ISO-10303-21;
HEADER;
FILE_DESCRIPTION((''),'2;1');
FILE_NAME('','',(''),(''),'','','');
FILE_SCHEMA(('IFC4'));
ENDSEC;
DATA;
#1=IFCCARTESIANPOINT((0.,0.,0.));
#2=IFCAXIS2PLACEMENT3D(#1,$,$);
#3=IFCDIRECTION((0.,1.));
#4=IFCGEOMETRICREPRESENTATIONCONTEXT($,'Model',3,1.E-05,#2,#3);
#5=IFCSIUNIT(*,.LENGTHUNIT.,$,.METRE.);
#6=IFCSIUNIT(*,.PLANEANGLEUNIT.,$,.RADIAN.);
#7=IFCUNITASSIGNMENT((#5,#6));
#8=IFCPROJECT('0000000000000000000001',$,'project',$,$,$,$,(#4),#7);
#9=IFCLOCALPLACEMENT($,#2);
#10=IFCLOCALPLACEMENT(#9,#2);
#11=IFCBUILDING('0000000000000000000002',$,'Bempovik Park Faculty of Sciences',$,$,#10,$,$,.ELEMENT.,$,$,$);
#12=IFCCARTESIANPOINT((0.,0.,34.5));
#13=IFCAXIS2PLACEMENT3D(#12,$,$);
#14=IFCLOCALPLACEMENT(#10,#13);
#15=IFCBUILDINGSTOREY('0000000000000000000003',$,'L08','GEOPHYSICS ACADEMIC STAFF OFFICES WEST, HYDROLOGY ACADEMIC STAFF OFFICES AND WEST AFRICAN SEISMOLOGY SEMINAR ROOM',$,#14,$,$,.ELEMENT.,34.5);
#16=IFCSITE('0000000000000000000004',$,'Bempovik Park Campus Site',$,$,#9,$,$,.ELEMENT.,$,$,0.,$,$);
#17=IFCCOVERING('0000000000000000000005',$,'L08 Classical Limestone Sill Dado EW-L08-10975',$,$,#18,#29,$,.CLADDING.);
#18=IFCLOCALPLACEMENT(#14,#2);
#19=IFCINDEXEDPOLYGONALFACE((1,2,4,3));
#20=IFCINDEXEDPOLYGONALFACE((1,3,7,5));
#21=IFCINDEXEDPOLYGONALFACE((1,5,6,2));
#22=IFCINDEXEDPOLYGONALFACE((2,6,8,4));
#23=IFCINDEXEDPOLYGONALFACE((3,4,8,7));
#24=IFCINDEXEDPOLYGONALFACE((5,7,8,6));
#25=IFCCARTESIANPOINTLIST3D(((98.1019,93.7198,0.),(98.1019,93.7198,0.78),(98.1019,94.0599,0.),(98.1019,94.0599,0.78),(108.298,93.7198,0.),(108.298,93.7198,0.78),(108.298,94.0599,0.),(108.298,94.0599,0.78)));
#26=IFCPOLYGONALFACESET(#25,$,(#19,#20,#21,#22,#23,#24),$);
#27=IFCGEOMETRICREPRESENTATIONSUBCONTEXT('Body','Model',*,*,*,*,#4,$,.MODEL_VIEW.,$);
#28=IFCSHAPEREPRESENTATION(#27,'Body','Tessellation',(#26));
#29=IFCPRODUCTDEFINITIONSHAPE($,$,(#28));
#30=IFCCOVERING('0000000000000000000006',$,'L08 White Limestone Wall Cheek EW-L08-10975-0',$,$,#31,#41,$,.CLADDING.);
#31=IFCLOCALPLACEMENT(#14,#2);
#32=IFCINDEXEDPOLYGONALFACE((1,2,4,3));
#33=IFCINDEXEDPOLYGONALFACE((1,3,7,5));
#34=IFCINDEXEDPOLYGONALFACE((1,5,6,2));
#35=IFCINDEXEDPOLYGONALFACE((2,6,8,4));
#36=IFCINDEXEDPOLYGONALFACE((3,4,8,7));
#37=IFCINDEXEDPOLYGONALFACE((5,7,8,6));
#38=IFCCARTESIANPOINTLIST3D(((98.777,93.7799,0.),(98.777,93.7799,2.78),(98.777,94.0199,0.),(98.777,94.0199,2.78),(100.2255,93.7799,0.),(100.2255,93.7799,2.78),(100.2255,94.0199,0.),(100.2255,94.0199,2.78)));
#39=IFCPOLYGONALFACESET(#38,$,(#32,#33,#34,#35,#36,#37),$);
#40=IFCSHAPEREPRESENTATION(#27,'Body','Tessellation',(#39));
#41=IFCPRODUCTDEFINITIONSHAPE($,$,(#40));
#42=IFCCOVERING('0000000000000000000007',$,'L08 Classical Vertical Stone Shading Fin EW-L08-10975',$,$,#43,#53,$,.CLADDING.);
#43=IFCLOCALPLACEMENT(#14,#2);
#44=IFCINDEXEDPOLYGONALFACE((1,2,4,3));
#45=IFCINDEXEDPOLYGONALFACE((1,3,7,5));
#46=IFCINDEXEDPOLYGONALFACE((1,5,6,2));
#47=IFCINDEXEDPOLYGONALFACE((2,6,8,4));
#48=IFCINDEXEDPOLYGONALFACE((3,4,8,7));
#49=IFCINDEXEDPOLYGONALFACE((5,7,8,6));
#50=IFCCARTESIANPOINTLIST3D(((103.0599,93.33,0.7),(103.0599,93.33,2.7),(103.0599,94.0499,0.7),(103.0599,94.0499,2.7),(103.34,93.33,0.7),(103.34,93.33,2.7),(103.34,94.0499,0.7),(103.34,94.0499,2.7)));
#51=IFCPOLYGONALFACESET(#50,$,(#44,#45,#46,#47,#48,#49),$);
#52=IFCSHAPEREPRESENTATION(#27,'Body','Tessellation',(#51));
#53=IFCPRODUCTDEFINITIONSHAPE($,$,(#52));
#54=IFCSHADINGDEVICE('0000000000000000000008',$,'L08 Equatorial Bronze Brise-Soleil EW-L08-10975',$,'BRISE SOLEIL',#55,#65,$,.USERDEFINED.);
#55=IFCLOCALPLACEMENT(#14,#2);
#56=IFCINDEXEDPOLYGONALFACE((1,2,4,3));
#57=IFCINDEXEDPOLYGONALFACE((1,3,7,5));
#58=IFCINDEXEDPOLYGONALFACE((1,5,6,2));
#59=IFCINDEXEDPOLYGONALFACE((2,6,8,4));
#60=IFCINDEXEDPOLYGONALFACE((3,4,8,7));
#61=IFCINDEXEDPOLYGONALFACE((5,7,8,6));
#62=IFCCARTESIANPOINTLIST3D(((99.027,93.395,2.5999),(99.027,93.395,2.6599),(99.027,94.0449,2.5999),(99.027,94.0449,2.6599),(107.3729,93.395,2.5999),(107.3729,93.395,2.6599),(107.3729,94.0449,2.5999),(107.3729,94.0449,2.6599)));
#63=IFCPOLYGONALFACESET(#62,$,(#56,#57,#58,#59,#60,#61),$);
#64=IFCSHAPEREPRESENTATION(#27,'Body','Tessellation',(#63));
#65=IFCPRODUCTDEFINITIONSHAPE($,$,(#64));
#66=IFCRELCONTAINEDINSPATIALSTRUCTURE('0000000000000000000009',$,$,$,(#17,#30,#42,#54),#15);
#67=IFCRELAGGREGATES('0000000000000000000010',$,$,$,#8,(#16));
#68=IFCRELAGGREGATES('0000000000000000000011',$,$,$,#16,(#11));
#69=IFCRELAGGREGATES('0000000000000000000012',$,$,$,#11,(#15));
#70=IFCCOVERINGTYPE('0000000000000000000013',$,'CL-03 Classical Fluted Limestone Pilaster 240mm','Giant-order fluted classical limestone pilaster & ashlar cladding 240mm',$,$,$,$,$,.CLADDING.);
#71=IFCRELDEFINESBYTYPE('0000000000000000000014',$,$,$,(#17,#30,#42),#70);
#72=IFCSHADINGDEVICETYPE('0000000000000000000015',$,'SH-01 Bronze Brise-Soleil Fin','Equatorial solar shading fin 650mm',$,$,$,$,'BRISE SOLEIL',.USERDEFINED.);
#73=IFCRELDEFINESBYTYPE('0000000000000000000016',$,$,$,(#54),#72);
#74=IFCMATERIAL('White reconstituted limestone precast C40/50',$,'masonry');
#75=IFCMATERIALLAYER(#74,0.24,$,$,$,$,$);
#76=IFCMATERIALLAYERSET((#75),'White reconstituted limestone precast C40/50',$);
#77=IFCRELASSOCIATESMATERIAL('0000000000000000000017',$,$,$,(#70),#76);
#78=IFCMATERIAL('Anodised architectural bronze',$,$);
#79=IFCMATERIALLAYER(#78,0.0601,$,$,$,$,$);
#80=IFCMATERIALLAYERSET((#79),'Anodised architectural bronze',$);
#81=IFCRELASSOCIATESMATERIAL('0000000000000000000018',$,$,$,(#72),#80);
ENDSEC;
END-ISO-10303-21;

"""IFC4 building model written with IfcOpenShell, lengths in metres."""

from ifc_helpers import new_model, si_unit, direction, frame, origin, origin_2d, place, context, subcontext, project, spatial, rectangle, extrude, material, layer, layer_set, type_object, element, save


model = new_model("IFC4")

# Units and contexts
model_context = context("Model", 3, precision=1e-05, world=origin(), true_north=direction((0.0, 1.0)))
body_context = subcontext(model_context, "Body", "Model", "MODEL_VIEW")
ifc_project = project(units=[si_unit("LENGTHUNIT", "METRE"), si_unit("PLANEANGLEUNIT", "RADIAN")], contexts=[model_context])

# Site, building, storey
site_placement = place(None, origin())
site = spatial("IfcSite", under=ifc_project, at=site_placement, Name="Bempovik Park Campus Site", CompositionType="ELEMENT", RefElevation=0.0)
building_placement = place(site_placement, origin())
building = spatial("IfcBuilding", under=site, at=building_placement, Name="Bempovik Park Faculty of Sciences", CompositionType="ELEMENT")
storey_placement = place(building_placement, frame((0.0, 0.0, 34.5)))
storey = spatial("IfcBuildingStorey", under=building, at=storey_placement, Name="L08", Description="GEOPHYSICS ACADEMIC STAFF OFFICES WEST, HYDROLOGY ACADEMIC STAFF OFFICES AND WEST AFRICAN SEISMOLOGY SEMINAR ROOM", CompositionType="ELEMENT", Elevation=34.5)

# Coverings
ifc_material_1 = material(Name="White reconstituted limestone precast C40/50", Category="masonry")
ifc_layer_1 = layer(ifc_material_1, 0.24)
ifc_layer_set_1 = layer_set([ifc_layer_1], Name="White reconstituted limestone precast C40/50")
covering_type_1 = type_object("IfcCoveringType", Name="CL-03 Classical Fluted Limestone Pilaster 240mm", Description="Giant-order fluted classical limestone pilaster & ashlar cladding 240mm", PredefinedType="CLADDING", material=ifc_layer_set_1)
covering_1_placement = place(storey_placement, frame((103.2, 93.8899, 0.0), z_axis=(0.0, 0.0, 1.0), x_axis=(1.0, 0.0, 0.0)))
element("IfcCovering", 1, at=covering_1_placement, inside=storey, type_object=covering_type_1, Name="L08 Classical Limestone Sill Dado EW-L08-10975", PredefinedType="CLADDING", context=body_context, shape_type="SweptSolid", body=[
    extrude(rectangle(XDim=10.196, YDim=0.3401, at=origin_2d()), origin(), (0.0, 0.0, 1.0), 0.78),
])
covering_2_placement = place(storey_placement, frame((99.5012, 93.8999, 0.0), z_axis=(0.0, 0.0, 1.0), x_axis=(1.0, 0.0, 0.0)))
element("IfcCovering", 2, at=covering_2_placement, inside=storey, type_object=covering_type_1, Name="L08 White Limestone Wall Cheek EW-L08-10975-0", PredefinedType="CLADDING", context=body_context, shape_type="SweptSolid", body=[
    extrude(rectangle(XDim=1.4485, YDim=0.24, at=origin_2d()), origin(), (0.0, 0.0, 1.0), 2.78),
])
covering_3_placement = place(storey_placement, frame((103.2, 93.6899, 0.7), z_axis=(0.0, 0.0, 1.0), x_axis=(1.0, 0.0, 0.0)))
element("IfcCovering", 3, at=covering_3_placement, inside=storey, type_object=covering_type_1, Name="L08 Classical Vertical Stone Shading Fin EW-L08-10975", PredefinedType="CLADDING", context=body_context, shape_type="SweptSolid", body=[
    extrude(rectangle(XDim=0.28, YDim=0.72, at=origin_2d()), origin(), (0.0, 0.0, 1.0), 2.0),
])

# Shading device
ifc_material_2 = material(Name="Anodised architectural bronze")
ifc_layer_2 = layer(ifc_material_2, 0.0601)
ifc_layer_set_2 = layer_set([ifc_layer_2], Name="Anodised architectural bronze")
shading_device_type = type_object("IfcShadingDeviceType", Name="SH-01 Bronze Brise-Soleil Fin", Description="Equatorial solar shading fin 650mm", ElementType="BRISE SOLEIL", PredefinedType="USERDEFINED", material=ifc_layer_set_2)
shading_device_placement = place(storey_placement, frame((103.2, 93.72, 2.5999), z_axis=(0.0, 0.0, 1.0), x_axis=(1.0, 0.0, 0.0)))
element("IfcShadingDevice", 4, at=shading_device_placement, inside=storey, type_object=shading_device_type, Name="L08 Equatorial Bronze Brise-Soleil EW-L08-10975", ObjectType="BRISE SOLEIL", PredefinedType="USERDEFINED", context=body_context, shape_type="SweptSolid", body=[
    extrude(rectangle(XDim=8.3459, YDim=0.6499, at=origin_2d()), origin(), (0.0, 0.0, 1.0), 0.0601),
])

save(model, "model.ifc")
